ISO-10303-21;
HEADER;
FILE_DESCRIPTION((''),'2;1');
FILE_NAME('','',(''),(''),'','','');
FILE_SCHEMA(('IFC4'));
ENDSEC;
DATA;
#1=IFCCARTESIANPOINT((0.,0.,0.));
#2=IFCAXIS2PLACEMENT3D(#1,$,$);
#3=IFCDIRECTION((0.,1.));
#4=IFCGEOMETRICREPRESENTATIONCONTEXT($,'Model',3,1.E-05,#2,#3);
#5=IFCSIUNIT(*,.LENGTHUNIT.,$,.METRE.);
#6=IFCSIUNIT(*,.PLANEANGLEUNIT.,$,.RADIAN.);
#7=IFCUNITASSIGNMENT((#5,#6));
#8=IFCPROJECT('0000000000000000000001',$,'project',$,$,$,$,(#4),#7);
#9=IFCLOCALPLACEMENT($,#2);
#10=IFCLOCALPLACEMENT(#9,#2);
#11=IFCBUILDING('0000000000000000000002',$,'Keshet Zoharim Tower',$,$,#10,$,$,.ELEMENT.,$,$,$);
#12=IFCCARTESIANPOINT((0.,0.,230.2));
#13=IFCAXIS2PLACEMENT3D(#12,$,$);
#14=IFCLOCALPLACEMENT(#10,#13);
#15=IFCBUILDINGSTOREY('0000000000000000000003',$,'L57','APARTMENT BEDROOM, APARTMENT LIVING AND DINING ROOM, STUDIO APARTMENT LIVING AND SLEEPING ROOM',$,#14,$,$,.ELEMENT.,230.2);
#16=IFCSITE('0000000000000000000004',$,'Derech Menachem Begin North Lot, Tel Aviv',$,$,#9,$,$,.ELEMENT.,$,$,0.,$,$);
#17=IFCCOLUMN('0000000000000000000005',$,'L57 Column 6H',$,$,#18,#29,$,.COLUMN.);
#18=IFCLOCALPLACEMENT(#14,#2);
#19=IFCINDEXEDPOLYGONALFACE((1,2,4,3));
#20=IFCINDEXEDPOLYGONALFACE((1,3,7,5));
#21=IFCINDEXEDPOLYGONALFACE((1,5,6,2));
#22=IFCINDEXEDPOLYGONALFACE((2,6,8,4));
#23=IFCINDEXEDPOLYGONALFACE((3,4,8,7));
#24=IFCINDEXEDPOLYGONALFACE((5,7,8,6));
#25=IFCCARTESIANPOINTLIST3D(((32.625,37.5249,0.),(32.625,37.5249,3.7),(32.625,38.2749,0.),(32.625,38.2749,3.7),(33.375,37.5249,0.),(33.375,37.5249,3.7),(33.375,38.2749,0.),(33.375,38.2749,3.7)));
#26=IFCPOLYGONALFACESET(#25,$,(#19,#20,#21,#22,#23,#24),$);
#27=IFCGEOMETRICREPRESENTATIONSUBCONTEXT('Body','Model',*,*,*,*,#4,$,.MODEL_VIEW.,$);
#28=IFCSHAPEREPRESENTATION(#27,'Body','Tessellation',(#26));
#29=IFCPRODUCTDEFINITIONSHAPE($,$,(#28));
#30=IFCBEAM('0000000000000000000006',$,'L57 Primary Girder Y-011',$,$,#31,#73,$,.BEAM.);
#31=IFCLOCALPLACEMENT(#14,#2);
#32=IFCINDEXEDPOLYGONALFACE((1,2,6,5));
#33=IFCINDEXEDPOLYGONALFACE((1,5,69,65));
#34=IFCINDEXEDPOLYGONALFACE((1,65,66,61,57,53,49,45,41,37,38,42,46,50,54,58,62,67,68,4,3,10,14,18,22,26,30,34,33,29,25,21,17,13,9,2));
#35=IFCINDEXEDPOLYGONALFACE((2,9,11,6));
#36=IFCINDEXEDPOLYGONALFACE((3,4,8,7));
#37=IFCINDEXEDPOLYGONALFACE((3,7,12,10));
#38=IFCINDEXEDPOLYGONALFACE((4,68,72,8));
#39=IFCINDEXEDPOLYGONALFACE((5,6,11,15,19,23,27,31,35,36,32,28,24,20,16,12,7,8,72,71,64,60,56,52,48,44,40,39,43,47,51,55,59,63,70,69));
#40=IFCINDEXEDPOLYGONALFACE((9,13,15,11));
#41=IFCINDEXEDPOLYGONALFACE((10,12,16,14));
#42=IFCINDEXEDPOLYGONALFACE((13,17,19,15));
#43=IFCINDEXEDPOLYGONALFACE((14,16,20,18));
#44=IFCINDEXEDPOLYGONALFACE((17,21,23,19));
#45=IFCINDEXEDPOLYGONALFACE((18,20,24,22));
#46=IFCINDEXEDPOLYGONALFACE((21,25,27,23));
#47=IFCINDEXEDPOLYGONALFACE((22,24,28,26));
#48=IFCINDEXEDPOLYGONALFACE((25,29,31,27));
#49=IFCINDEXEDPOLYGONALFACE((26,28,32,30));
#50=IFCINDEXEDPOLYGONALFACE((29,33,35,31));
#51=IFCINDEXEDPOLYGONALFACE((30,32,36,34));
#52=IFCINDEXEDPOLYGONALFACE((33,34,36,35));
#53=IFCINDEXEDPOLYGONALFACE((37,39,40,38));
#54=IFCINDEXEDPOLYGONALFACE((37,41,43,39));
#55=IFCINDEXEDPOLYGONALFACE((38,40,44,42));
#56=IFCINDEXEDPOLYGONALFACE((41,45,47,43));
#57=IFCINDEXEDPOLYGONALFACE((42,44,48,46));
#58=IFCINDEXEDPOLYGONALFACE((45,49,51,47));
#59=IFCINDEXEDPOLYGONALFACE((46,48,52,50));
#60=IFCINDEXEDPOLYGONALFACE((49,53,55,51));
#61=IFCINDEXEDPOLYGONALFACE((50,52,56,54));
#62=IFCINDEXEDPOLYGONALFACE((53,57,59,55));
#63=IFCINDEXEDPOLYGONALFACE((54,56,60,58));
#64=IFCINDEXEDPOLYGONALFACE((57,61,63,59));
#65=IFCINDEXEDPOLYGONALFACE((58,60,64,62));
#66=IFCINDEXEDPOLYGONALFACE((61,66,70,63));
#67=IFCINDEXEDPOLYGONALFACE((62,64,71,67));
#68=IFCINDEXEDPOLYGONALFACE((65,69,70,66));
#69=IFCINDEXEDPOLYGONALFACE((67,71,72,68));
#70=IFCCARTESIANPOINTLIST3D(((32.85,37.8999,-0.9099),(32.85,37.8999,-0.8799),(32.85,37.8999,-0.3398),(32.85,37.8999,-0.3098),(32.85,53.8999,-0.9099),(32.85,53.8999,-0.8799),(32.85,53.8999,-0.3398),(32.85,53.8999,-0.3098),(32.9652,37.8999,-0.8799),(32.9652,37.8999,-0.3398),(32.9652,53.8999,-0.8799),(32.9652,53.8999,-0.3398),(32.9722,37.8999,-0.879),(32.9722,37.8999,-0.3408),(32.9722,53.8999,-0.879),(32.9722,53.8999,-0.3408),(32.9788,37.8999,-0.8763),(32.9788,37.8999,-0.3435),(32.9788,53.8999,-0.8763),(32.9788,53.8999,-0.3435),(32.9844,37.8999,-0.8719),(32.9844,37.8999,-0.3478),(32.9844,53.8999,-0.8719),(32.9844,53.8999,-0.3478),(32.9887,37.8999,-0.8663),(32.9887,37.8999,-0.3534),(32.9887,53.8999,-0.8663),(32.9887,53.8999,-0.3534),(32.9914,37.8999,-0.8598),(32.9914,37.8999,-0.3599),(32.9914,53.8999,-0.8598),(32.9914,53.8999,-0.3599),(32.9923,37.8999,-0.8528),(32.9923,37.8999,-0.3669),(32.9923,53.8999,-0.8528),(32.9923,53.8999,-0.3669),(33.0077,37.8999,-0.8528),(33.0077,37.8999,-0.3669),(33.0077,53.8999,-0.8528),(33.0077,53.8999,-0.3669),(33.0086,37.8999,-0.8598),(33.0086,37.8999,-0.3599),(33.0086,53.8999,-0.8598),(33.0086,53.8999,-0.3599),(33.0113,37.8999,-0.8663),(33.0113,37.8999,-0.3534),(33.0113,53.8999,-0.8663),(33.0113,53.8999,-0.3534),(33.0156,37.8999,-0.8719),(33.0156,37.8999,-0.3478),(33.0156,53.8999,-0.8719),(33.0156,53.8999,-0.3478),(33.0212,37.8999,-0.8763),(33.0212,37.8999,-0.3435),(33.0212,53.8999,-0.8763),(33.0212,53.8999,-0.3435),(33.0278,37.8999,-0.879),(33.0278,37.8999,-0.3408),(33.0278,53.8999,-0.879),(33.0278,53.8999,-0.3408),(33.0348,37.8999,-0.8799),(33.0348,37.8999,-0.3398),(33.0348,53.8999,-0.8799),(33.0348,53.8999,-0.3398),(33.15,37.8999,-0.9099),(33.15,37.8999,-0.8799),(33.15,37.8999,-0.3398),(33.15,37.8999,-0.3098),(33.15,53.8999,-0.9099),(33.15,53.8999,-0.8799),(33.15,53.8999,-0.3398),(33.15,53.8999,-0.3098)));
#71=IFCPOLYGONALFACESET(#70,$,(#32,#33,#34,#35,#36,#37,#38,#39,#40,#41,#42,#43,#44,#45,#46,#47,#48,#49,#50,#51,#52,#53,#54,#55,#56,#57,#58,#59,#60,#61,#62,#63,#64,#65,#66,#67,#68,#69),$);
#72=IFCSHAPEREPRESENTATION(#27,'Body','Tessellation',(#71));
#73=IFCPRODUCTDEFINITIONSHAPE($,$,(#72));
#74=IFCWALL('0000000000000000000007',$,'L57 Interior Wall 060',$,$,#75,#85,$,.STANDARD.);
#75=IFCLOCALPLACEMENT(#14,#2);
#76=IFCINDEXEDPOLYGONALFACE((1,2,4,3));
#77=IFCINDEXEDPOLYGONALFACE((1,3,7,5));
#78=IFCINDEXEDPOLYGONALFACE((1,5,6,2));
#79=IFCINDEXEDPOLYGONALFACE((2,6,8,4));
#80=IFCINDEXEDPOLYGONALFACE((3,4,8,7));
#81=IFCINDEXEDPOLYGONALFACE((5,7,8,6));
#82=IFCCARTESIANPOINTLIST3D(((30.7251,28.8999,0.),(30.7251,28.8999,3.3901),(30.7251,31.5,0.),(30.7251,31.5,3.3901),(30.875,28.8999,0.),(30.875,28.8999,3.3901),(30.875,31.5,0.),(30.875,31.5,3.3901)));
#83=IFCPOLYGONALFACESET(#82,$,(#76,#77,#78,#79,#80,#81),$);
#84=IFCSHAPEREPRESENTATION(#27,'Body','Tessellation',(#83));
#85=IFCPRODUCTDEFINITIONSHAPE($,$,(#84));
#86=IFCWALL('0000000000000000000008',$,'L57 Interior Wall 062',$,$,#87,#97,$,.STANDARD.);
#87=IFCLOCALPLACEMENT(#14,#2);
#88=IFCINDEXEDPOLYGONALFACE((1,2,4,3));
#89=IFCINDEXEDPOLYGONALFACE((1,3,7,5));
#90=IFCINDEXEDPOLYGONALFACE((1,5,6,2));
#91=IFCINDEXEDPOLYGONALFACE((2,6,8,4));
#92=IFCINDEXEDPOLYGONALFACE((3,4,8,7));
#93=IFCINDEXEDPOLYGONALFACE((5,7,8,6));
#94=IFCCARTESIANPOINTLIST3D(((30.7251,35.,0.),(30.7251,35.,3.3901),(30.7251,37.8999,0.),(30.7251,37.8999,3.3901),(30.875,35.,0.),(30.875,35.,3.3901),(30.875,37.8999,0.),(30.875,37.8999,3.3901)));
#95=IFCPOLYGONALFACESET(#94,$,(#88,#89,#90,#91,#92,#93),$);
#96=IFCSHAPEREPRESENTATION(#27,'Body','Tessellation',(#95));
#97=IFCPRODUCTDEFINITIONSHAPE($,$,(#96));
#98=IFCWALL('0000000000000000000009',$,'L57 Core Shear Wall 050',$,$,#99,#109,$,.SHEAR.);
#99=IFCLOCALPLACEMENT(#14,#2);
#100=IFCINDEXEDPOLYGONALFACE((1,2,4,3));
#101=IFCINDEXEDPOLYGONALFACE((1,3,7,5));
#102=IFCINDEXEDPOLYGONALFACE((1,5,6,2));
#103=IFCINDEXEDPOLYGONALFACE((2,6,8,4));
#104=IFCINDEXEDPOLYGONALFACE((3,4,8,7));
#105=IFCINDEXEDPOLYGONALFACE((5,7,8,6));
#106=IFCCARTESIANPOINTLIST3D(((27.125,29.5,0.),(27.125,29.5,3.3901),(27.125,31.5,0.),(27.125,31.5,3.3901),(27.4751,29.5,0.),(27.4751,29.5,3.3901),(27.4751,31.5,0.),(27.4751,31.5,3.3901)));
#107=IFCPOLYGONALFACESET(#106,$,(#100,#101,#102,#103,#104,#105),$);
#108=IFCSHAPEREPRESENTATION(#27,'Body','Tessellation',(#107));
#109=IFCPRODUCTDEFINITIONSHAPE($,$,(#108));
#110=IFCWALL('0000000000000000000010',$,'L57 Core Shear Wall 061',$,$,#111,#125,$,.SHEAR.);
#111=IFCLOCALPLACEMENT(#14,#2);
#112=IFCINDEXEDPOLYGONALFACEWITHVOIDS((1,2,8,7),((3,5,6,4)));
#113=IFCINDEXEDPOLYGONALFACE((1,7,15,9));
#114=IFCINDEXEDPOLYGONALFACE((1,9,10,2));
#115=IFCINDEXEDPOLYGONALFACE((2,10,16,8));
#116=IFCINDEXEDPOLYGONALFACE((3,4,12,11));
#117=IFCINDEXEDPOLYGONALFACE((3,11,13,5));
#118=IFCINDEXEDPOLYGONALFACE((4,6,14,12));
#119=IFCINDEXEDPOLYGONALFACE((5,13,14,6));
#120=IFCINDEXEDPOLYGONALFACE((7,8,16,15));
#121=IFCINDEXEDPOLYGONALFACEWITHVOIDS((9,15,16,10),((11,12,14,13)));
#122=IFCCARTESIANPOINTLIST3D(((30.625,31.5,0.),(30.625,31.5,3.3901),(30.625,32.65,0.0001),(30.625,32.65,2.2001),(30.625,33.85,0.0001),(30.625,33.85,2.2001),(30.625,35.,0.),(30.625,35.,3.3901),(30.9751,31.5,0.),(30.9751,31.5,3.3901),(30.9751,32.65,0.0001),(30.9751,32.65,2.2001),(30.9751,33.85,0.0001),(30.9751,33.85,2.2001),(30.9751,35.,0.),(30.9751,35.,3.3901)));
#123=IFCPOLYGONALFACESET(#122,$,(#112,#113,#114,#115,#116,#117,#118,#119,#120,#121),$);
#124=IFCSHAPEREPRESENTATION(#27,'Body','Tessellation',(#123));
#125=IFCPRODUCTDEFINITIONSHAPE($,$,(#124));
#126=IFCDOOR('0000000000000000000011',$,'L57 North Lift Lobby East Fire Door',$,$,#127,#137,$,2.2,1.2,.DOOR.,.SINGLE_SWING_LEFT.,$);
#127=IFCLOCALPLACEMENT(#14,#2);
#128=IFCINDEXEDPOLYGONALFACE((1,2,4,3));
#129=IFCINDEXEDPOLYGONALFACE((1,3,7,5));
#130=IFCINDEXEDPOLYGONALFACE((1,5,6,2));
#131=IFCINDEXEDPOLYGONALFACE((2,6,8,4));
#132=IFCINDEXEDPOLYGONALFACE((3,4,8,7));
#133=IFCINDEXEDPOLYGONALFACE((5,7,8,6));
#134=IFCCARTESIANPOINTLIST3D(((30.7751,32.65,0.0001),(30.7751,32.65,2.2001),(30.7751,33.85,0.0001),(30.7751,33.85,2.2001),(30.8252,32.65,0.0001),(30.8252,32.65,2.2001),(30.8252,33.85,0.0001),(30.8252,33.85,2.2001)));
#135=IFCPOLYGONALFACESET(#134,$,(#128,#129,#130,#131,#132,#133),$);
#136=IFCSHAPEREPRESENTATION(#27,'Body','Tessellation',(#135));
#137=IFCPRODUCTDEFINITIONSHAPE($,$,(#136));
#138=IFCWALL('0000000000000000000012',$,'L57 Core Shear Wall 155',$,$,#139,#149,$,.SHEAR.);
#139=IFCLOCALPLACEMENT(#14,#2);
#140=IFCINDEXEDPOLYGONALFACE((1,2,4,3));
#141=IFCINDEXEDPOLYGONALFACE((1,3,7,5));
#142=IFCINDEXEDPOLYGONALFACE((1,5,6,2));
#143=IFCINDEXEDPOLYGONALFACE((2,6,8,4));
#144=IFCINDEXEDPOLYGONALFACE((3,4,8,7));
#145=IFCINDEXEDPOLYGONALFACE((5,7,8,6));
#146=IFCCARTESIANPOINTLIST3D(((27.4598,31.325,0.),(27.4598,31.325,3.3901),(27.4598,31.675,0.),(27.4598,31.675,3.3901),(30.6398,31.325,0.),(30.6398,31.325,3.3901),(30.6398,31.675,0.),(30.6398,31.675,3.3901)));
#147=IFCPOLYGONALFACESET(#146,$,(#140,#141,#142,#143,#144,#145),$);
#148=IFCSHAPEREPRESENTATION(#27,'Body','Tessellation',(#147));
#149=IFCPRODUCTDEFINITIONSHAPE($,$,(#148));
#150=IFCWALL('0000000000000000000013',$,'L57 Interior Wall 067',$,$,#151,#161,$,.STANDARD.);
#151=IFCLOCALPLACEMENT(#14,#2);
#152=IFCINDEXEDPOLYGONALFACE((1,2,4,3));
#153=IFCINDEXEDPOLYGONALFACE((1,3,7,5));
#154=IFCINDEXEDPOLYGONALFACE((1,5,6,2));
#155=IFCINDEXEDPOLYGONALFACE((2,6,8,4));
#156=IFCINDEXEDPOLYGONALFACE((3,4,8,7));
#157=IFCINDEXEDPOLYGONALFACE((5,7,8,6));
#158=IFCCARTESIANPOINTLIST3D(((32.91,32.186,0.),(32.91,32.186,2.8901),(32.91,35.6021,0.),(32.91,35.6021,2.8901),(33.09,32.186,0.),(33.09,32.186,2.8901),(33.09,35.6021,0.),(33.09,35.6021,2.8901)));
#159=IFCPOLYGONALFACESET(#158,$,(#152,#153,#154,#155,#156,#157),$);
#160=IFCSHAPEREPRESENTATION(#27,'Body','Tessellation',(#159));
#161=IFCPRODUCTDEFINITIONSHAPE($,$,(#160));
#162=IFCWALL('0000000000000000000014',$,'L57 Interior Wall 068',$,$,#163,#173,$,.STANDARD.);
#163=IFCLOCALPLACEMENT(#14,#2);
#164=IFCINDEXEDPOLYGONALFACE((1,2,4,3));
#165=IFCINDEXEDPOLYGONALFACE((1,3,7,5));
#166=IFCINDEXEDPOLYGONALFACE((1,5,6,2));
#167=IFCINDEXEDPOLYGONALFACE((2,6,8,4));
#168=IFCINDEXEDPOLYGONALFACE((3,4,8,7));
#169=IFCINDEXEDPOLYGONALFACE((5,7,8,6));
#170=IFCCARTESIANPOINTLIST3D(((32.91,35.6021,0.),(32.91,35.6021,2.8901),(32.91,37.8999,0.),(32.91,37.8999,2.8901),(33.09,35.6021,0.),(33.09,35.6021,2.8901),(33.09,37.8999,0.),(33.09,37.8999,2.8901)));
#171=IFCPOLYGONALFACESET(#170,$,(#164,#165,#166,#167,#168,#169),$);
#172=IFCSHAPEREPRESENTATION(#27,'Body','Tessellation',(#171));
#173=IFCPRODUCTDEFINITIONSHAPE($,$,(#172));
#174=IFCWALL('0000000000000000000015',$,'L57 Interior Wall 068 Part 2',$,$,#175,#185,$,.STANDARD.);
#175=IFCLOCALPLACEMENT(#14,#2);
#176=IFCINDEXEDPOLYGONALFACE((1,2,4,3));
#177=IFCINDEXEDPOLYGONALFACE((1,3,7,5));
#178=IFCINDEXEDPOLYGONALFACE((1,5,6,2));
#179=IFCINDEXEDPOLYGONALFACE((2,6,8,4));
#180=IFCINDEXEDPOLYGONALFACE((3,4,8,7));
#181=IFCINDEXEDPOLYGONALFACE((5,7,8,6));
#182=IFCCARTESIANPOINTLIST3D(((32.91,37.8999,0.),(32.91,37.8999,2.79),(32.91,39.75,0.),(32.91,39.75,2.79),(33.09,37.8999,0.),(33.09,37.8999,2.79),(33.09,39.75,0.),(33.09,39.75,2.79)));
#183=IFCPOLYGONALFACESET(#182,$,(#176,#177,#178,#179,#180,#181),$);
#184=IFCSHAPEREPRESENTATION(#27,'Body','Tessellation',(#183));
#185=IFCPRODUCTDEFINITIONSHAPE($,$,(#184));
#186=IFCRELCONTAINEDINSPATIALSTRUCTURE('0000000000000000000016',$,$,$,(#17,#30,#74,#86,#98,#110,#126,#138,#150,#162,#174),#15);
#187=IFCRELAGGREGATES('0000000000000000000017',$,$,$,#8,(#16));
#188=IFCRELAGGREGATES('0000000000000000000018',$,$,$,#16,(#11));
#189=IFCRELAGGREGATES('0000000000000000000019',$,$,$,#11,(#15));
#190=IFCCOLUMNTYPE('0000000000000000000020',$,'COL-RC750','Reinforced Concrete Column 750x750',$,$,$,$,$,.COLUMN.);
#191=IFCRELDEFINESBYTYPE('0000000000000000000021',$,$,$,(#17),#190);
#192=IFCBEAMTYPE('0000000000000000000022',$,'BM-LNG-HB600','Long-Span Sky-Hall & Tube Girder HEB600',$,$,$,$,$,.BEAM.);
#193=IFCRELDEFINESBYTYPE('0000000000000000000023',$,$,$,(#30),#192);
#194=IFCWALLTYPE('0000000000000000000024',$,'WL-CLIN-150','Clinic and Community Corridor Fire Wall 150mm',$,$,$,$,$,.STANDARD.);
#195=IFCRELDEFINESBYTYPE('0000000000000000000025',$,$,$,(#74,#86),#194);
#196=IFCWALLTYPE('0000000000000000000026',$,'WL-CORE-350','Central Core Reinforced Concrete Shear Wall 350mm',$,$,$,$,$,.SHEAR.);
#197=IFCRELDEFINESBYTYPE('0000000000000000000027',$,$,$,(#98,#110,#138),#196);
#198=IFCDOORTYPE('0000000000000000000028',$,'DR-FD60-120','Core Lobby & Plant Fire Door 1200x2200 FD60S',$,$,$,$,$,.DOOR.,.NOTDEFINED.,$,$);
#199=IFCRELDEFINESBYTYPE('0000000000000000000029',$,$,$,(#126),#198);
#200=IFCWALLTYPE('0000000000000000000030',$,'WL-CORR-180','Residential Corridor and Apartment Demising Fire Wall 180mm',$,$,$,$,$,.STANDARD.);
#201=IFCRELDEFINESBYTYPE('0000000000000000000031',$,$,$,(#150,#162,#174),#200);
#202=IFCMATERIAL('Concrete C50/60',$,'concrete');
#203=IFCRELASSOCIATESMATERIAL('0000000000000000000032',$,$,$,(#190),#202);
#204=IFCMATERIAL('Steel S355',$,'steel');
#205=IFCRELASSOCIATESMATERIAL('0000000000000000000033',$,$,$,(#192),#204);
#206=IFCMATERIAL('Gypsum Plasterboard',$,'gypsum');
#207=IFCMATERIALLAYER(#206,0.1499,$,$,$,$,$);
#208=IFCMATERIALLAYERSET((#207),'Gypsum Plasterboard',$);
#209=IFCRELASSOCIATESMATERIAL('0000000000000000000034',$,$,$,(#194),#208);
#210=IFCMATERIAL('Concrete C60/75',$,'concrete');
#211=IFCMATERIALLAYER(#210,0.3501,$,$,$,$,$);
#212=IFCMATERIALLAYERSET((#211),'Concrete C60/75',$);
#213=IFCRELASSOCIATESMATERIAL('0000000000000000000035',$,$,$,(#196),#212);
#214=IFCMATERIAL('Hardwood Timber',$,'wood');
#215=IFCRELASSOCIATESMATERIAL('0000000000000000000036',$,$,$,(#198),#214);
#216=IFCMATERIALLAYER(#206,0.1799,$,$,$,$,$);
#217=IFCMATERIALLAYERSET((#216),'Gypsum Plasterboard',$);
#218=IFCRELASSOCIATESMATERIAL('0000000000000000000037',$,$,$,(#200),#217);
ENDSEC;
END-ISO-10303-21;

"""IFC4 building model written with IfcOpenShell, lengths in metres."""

from ifc_helpers import new_model, si_unit, direction, frame, frame_2d, origin, origin_2d, place, context, subcontext, project, spatial, rectangle, i_section, extrude, material, layer, layer_set, material_profile, profile_set, type_object, element, fill, save


model = new_model("IFC4")

# Units and contexts
model_context = context("Model", 3, precision=1e-05, world=origin(), true_north=direction((0.0, 1.0)))
body_context = subcontext(model_context, "Body", "Model", "MODEL_VIEW")
ifc_project = project(units=[si_unit("LENGTHUNIT", "METRE"), si_unit("PLANEANGLEUNIT", "RADIAN")], contexts=[model_context])

# Site, building, storey
site_placement = place(None, origin())
site = spatial("IfcSite", under=ifc_project, at=site_placement, Name="Derech Menachem Begin North Lot, Tel Aviv", CompositionType="ELEMENT", RefElevation=0.0)
building_placement = place(site_placement, origin())
building = spatial("IfcBuilding", under=site, at=building_placement, Name="Keshet Zoharim Tower", CompositionType="ELEMENT")
storey_placement = place(building_placement, frame((0.0, 0.0, 230.2)))
storey = spatial("IfcBuildingStorey", under=building, at=storey_placement, Name="L57", Description="APARTMENT BEDROOM, APARTMENT LIVING AND DINING ROOM, STUDIO APARTMENT LIVING AND SLEEPING ROOM", CompositionType="ELEMENT", Elevation=230.2)

# Column
ifc_material_1 = material(Name="Concrete C50/60", Category="concrete")
ifc_material_profile_1 = material_profile(ifc_material_1, rectangle(XDim=0.75, YDim=0.75, at=origin_2d()), Name="RC750x750")
ifc_profile_set_1 = profile_set([ifc_material_profile_1], Name="Concrete C50/60")
column_type = type_object("IfcColumnType", Name="COL-RC750", Description="Reinforced Concrete Column 750x750", PredefinedType="COLUMN", material=ifc_profile_set_1)
column_placement = place(storey_placement, frame((33.0, 37.8999, 0.0), z_axis=(0.0, 0.0, 1.0), x_axis=(1.0, 0.0, 0.0)))
element("IfcColumn", 1, at=column_placement, inside=storey, type_object=column_type, Name="L57 Column 6H", PredefinedType="COLUMN", context=body_context, shape_type="SweptSolid", body=[
    extrude(rectangle(XDim=0.75, YDim=0.75, at=origin_2d()), origin(), (0.0, 0.0, 1.0), 3.7),
])

# Beam
ifc_material_2 = material(Name="Steel S355", Category="steel")
ifc_material_profile_2 = material_profile(ifc_material_2, i_section(OverallWidth=0.3, OverallDepth=0.6001, WebThickness=0.0154, FlangeThickness=0.03, FilletRadius=0.0271, at=origin_2d()), Name="HEB600")
ifc_profile_set_2 = profile_set([ifc_material_profile_2], Name="Steel S355")
beam_type = type_object("IfcBeamType", Name="BM-LNG-HB600", Description="Long-Span Sky-Hall & Tube Girder HEB600", PredefinedType="BEAM", material=ifc_profile_set_2)
beam_placement = place(storey_placement, frame((33.0, 37.8999, -0.6099), z_axis=(0.0, 1.0, 0.0), x_axis=(-1.0, 0.0, 0.0)))
element("IfcBeam", 2, at=beam_placement, inside=storey, type_object=beam_type, Name="L57 Primary Girder Y-011", PredefinedType="BEAM", context=body_context, shape_type="SweptSolid", body=[
    extrude(i_section(OverallWidth=0.3, OverallDepth=0.6001, WebThickness=0.0154, FlangeThickness=0.03, FilletRadius=0.0271, at=origin_2d()), origin(), (0.0, 0.0, 1.0), 16.0),
])

# Walls
ifc_material_3 = material(Name="Gypsum Plasterboard", Category="gypsum")
ifc_layer_1 = layer(ifc_material_3, 0.1499)
ifc_layer_set_1 = layer_set([ifc_layer_1], Name="Gypsum Plasterboard")
wall_type_1 = type_object("IfcWallType", Name="WL-CLIN-150", Description="Clinic and Community Corridor Fire Wall 150mm", PredefinedType="STANDARD", material=ifc_layer_set_1)
wall_1_placement = place(storey_placement, frame((30.8, 28.8999, 0.0), z_axis=(0.0, 0.0, 1.0), x_axis=(0.0, 1.0, 0.0)))
element("IfcWall", 3, at=wall_1_placement, inside=storey, type_object=wall_type_1, Name="L57 Interior Wall 060", PredefinedType="STANDARD", context=body_context, shape_type="SweptSolid", body=[
    extrude(rectangle(XDim=2.6001, YDim=0.1499, at=frame_2d((1.3, 0.0))), origin(), (0.0, 0.0, 1.0), 3.3901),
])
wall_2_placement = place(storey_placement, frame((30.8, 35.0, 0.0), z_axis=(0.0, 0.0, 1.0), x_axis=(0.0, 1.0, 0.0)))
element("IfcWall", 4, at=wall_2_placement, inside=storey, type_object=wall_type_1, Name="L57 Interior Wall 062", PredefinedType="STANDARD", context=body_context, shape_type="SweptSolid", body=[
    extrude(rectangle(XDim=2.8999, YDim=0.1499, at=frame_2d((1.45, 0.0))), origin(), (0.0, 0.0, 1.0), 3.3901),
])
ifc_material_4 = material(Name="Concrete C60/75", Category="concrete")
ifc_layer_2 = layer(ifc_material_4, 0.3501)
ifc_layer_set_2 = layer_set([ifc_layer_2], Name="Concrete C60/75")
wall_type_2 = type_object("IfcWallType", Name="WL-CORE-350", Description="Central Core Reinforced Concrete Shear Wall 350mm", PredefinedType="SHEAR", material=ifc_layer_set_2)
wall_3_placement = place(storey_placement, frame((27.3, 29.5, 0.0), z_axis=(0.0, 0.0, 1.0), x_axis=(0.0, 1.0, 0.0)))
element("IfcWall", 5, at=wall_3_placement, inside=storey, type_object=wall_type_2, Name="L57 Core Shear Wall 050", PredefinedType="SHEAR", context=body_context, shape_type="SweptSolid", body=[
    extrude(rectangle(XDim=2.0, YDim=0.3501, at=frame_2d((1.0, 0.0))), origin(), (0.0, 0.0, 1.0), 3.3901),
])

# Wall, opening, door
wall_4_placement = place(storey_placement, frame((30.8, 31.5, 0.0), z_axis=(0.0, 0.0, 1.0), x_axis=(0.0, 1.0, 0.0)))
wall_4 = element("IfcWall", 6, at=wall_4_placement, inside=storey, type_object=wall_type_2, Name="L57 Core Shear Wall 061", PredefinedType="SHEAR", context=body_context, shape_type="SweptSolid", body=[
    extrude(rectangle(XDim=3.5, YDim=0.3501, at=frame_2d((1.75, 0.0))), origin(), (0.0, 0.0, 1.0), 3.3901),
])
opening_1_placement = place(wall_4_placement, frame((1.1499, 0.0, 0.0)))
opening_1 = element("IfcOpeningElement", 7, at=opening_1_placement, cuts=wall_4, PredefinedType="OPENING", context=body_context, shape_type="SweptSolid", body=[
    extrude(rectangle(XDim=1.2, YDim=2.2, at=frame_2d((0.6001, 1.1001))), frame((0.0, 0.1851, 0.0), z_axis=(0.0, -1.0, 0.0), x_axis=(1.0, 0.0, 0.0)), (0.0, 0.0, 1.0), 0.3701),
])
ifc_material_5 = material(Name="Hardwood Timber", Category="wood")
door_type_1 = type_object("IfcDoorType", Name="DR-FD60-120", Description="Core Lobby & Plant Fire Door 1200x2200 FD60S", OperationType="NOTDEFINED", PredefinedType="DOOR", material=ifc_material_5)
door_1_placement = place(opening_1_placement, origin())
door_1 = element("IfcDoor", 8, at=door_1_placement, inside=storey, type_object=door_type_1, Name="L57 North Lift Lobby East Fire Door", OperationType="SINGLE_SWING_LEFT", OverallHeight=2.2, OverallWidth=1.2, PredefinedType="DOOR", context=body_context, shape_type="SweptSolid", body=[
    extrude(rectangle(XDim=1.2, YDim=2.2, at=frame_2d((0.6001, 1.1001))), frame((0.0, 0.0249, 0.0), z_axis=(0.0, -1.0, 0.0), x_axis=(1.0, 0.0, 0.0)), (0.0, 0.0, 1.0), 0.05),
])
fill(opening_1, door_1)

# Walls
wall_5_placement = place(storey_placement, frame((27.46, 31.5, 0.0), z_axis=(0.0, 0.0, 1.0), x_axis=(1.0, 0.0, 0.0)))
element("IfcWall", 9, at=wall_5_placement, inside=storey, type_object=wall_type_2, Name="L57 Core Shear Wall 155", PredefinedType="SHEAR", context=body_context, shape_type="SweptSolid", body=[
    extrude(rectangle(XDim=3.1799, YDim=0.3501, at=frame_2d((1.5898, 0.0))), origin(), (0.0, 0.0, 1.0), 3.3901),
])
ifc_layer_3 = layer(ifc_material_3, 0.1799)
ifc_layer_set_3 = layer_set([ifc_layer_3], Name="Gypsum Plasterboard")
wall_type_3 = type_object("IfcWallType", Name="WL-CORR-180", Description="Residential Corridor and Apartment Demising Fire Wall 180mm", PredefinedType="STANDARD", material=ifc_layer_set_3)
wall_6_placement = place(storey_placement, frame((33.0, 32.186, 0.0), z_axis=(0.0, 0.0, 1.0), x_axis=(0.0, 1.0, 0.0)))
element("IfcWall", 10, at=wall_6_placement, inside=storey, type_object=wall_type_3, Name="L57 Interior Wall 067", PredefinedType="STANDARD", context=body_context, shape_type="SweptSolid", body=[
    extrude(rectangle(XDim=3.416, YDim=0.1799, at=frame_2d((1.708, 0.0))), origin(), (0.0, 0.0, 1.0), 2.8901),
])
wall_7_placement = place(storey_placement, frame((33.0, 35.6021, 0.0), z_axis=(0.0, 0.0, 1.0), x_axis=(0.0, 1.0, 0.0)))
element("IfcWall", 11, at=wall_7_placement, inside=storey, type_object=wall_type_3, Name="L57 Interior Wall 068", PredefinedType="STANDARD", context=body_context, shape_type="SweptSolid", body=[
    extrude(rectangle(XDim=2.2979, YDim=0.1799, at=frame_2d((1.1489, 0.0))), origin(), (0.0, 0.0, 1.0), 2.8901),
])
wall_8_placement = place(storey_placement, frame((33.0, 37.8999, 0.0), z_axis=(0.0, 0.0, 1.0), x_axis=(0.0, 1.0, 0.0)))
element("IfcWall", 12, at=wall_8_placement, inside=storey, type_object=wall_type_3, Name="L57 Interior Wall 068 Part 2", PredefinedType="STANDARD", context=body_context, shape_type="SweptSolid", body=[
    extrude(rectangle(XDim=1.8501, YDim=0.1799, at=frame_2d((0.925, 0.0))), origin(), (0.0, 0.0, 1.0), 2.79),
])

save(model, "model.ifc")
